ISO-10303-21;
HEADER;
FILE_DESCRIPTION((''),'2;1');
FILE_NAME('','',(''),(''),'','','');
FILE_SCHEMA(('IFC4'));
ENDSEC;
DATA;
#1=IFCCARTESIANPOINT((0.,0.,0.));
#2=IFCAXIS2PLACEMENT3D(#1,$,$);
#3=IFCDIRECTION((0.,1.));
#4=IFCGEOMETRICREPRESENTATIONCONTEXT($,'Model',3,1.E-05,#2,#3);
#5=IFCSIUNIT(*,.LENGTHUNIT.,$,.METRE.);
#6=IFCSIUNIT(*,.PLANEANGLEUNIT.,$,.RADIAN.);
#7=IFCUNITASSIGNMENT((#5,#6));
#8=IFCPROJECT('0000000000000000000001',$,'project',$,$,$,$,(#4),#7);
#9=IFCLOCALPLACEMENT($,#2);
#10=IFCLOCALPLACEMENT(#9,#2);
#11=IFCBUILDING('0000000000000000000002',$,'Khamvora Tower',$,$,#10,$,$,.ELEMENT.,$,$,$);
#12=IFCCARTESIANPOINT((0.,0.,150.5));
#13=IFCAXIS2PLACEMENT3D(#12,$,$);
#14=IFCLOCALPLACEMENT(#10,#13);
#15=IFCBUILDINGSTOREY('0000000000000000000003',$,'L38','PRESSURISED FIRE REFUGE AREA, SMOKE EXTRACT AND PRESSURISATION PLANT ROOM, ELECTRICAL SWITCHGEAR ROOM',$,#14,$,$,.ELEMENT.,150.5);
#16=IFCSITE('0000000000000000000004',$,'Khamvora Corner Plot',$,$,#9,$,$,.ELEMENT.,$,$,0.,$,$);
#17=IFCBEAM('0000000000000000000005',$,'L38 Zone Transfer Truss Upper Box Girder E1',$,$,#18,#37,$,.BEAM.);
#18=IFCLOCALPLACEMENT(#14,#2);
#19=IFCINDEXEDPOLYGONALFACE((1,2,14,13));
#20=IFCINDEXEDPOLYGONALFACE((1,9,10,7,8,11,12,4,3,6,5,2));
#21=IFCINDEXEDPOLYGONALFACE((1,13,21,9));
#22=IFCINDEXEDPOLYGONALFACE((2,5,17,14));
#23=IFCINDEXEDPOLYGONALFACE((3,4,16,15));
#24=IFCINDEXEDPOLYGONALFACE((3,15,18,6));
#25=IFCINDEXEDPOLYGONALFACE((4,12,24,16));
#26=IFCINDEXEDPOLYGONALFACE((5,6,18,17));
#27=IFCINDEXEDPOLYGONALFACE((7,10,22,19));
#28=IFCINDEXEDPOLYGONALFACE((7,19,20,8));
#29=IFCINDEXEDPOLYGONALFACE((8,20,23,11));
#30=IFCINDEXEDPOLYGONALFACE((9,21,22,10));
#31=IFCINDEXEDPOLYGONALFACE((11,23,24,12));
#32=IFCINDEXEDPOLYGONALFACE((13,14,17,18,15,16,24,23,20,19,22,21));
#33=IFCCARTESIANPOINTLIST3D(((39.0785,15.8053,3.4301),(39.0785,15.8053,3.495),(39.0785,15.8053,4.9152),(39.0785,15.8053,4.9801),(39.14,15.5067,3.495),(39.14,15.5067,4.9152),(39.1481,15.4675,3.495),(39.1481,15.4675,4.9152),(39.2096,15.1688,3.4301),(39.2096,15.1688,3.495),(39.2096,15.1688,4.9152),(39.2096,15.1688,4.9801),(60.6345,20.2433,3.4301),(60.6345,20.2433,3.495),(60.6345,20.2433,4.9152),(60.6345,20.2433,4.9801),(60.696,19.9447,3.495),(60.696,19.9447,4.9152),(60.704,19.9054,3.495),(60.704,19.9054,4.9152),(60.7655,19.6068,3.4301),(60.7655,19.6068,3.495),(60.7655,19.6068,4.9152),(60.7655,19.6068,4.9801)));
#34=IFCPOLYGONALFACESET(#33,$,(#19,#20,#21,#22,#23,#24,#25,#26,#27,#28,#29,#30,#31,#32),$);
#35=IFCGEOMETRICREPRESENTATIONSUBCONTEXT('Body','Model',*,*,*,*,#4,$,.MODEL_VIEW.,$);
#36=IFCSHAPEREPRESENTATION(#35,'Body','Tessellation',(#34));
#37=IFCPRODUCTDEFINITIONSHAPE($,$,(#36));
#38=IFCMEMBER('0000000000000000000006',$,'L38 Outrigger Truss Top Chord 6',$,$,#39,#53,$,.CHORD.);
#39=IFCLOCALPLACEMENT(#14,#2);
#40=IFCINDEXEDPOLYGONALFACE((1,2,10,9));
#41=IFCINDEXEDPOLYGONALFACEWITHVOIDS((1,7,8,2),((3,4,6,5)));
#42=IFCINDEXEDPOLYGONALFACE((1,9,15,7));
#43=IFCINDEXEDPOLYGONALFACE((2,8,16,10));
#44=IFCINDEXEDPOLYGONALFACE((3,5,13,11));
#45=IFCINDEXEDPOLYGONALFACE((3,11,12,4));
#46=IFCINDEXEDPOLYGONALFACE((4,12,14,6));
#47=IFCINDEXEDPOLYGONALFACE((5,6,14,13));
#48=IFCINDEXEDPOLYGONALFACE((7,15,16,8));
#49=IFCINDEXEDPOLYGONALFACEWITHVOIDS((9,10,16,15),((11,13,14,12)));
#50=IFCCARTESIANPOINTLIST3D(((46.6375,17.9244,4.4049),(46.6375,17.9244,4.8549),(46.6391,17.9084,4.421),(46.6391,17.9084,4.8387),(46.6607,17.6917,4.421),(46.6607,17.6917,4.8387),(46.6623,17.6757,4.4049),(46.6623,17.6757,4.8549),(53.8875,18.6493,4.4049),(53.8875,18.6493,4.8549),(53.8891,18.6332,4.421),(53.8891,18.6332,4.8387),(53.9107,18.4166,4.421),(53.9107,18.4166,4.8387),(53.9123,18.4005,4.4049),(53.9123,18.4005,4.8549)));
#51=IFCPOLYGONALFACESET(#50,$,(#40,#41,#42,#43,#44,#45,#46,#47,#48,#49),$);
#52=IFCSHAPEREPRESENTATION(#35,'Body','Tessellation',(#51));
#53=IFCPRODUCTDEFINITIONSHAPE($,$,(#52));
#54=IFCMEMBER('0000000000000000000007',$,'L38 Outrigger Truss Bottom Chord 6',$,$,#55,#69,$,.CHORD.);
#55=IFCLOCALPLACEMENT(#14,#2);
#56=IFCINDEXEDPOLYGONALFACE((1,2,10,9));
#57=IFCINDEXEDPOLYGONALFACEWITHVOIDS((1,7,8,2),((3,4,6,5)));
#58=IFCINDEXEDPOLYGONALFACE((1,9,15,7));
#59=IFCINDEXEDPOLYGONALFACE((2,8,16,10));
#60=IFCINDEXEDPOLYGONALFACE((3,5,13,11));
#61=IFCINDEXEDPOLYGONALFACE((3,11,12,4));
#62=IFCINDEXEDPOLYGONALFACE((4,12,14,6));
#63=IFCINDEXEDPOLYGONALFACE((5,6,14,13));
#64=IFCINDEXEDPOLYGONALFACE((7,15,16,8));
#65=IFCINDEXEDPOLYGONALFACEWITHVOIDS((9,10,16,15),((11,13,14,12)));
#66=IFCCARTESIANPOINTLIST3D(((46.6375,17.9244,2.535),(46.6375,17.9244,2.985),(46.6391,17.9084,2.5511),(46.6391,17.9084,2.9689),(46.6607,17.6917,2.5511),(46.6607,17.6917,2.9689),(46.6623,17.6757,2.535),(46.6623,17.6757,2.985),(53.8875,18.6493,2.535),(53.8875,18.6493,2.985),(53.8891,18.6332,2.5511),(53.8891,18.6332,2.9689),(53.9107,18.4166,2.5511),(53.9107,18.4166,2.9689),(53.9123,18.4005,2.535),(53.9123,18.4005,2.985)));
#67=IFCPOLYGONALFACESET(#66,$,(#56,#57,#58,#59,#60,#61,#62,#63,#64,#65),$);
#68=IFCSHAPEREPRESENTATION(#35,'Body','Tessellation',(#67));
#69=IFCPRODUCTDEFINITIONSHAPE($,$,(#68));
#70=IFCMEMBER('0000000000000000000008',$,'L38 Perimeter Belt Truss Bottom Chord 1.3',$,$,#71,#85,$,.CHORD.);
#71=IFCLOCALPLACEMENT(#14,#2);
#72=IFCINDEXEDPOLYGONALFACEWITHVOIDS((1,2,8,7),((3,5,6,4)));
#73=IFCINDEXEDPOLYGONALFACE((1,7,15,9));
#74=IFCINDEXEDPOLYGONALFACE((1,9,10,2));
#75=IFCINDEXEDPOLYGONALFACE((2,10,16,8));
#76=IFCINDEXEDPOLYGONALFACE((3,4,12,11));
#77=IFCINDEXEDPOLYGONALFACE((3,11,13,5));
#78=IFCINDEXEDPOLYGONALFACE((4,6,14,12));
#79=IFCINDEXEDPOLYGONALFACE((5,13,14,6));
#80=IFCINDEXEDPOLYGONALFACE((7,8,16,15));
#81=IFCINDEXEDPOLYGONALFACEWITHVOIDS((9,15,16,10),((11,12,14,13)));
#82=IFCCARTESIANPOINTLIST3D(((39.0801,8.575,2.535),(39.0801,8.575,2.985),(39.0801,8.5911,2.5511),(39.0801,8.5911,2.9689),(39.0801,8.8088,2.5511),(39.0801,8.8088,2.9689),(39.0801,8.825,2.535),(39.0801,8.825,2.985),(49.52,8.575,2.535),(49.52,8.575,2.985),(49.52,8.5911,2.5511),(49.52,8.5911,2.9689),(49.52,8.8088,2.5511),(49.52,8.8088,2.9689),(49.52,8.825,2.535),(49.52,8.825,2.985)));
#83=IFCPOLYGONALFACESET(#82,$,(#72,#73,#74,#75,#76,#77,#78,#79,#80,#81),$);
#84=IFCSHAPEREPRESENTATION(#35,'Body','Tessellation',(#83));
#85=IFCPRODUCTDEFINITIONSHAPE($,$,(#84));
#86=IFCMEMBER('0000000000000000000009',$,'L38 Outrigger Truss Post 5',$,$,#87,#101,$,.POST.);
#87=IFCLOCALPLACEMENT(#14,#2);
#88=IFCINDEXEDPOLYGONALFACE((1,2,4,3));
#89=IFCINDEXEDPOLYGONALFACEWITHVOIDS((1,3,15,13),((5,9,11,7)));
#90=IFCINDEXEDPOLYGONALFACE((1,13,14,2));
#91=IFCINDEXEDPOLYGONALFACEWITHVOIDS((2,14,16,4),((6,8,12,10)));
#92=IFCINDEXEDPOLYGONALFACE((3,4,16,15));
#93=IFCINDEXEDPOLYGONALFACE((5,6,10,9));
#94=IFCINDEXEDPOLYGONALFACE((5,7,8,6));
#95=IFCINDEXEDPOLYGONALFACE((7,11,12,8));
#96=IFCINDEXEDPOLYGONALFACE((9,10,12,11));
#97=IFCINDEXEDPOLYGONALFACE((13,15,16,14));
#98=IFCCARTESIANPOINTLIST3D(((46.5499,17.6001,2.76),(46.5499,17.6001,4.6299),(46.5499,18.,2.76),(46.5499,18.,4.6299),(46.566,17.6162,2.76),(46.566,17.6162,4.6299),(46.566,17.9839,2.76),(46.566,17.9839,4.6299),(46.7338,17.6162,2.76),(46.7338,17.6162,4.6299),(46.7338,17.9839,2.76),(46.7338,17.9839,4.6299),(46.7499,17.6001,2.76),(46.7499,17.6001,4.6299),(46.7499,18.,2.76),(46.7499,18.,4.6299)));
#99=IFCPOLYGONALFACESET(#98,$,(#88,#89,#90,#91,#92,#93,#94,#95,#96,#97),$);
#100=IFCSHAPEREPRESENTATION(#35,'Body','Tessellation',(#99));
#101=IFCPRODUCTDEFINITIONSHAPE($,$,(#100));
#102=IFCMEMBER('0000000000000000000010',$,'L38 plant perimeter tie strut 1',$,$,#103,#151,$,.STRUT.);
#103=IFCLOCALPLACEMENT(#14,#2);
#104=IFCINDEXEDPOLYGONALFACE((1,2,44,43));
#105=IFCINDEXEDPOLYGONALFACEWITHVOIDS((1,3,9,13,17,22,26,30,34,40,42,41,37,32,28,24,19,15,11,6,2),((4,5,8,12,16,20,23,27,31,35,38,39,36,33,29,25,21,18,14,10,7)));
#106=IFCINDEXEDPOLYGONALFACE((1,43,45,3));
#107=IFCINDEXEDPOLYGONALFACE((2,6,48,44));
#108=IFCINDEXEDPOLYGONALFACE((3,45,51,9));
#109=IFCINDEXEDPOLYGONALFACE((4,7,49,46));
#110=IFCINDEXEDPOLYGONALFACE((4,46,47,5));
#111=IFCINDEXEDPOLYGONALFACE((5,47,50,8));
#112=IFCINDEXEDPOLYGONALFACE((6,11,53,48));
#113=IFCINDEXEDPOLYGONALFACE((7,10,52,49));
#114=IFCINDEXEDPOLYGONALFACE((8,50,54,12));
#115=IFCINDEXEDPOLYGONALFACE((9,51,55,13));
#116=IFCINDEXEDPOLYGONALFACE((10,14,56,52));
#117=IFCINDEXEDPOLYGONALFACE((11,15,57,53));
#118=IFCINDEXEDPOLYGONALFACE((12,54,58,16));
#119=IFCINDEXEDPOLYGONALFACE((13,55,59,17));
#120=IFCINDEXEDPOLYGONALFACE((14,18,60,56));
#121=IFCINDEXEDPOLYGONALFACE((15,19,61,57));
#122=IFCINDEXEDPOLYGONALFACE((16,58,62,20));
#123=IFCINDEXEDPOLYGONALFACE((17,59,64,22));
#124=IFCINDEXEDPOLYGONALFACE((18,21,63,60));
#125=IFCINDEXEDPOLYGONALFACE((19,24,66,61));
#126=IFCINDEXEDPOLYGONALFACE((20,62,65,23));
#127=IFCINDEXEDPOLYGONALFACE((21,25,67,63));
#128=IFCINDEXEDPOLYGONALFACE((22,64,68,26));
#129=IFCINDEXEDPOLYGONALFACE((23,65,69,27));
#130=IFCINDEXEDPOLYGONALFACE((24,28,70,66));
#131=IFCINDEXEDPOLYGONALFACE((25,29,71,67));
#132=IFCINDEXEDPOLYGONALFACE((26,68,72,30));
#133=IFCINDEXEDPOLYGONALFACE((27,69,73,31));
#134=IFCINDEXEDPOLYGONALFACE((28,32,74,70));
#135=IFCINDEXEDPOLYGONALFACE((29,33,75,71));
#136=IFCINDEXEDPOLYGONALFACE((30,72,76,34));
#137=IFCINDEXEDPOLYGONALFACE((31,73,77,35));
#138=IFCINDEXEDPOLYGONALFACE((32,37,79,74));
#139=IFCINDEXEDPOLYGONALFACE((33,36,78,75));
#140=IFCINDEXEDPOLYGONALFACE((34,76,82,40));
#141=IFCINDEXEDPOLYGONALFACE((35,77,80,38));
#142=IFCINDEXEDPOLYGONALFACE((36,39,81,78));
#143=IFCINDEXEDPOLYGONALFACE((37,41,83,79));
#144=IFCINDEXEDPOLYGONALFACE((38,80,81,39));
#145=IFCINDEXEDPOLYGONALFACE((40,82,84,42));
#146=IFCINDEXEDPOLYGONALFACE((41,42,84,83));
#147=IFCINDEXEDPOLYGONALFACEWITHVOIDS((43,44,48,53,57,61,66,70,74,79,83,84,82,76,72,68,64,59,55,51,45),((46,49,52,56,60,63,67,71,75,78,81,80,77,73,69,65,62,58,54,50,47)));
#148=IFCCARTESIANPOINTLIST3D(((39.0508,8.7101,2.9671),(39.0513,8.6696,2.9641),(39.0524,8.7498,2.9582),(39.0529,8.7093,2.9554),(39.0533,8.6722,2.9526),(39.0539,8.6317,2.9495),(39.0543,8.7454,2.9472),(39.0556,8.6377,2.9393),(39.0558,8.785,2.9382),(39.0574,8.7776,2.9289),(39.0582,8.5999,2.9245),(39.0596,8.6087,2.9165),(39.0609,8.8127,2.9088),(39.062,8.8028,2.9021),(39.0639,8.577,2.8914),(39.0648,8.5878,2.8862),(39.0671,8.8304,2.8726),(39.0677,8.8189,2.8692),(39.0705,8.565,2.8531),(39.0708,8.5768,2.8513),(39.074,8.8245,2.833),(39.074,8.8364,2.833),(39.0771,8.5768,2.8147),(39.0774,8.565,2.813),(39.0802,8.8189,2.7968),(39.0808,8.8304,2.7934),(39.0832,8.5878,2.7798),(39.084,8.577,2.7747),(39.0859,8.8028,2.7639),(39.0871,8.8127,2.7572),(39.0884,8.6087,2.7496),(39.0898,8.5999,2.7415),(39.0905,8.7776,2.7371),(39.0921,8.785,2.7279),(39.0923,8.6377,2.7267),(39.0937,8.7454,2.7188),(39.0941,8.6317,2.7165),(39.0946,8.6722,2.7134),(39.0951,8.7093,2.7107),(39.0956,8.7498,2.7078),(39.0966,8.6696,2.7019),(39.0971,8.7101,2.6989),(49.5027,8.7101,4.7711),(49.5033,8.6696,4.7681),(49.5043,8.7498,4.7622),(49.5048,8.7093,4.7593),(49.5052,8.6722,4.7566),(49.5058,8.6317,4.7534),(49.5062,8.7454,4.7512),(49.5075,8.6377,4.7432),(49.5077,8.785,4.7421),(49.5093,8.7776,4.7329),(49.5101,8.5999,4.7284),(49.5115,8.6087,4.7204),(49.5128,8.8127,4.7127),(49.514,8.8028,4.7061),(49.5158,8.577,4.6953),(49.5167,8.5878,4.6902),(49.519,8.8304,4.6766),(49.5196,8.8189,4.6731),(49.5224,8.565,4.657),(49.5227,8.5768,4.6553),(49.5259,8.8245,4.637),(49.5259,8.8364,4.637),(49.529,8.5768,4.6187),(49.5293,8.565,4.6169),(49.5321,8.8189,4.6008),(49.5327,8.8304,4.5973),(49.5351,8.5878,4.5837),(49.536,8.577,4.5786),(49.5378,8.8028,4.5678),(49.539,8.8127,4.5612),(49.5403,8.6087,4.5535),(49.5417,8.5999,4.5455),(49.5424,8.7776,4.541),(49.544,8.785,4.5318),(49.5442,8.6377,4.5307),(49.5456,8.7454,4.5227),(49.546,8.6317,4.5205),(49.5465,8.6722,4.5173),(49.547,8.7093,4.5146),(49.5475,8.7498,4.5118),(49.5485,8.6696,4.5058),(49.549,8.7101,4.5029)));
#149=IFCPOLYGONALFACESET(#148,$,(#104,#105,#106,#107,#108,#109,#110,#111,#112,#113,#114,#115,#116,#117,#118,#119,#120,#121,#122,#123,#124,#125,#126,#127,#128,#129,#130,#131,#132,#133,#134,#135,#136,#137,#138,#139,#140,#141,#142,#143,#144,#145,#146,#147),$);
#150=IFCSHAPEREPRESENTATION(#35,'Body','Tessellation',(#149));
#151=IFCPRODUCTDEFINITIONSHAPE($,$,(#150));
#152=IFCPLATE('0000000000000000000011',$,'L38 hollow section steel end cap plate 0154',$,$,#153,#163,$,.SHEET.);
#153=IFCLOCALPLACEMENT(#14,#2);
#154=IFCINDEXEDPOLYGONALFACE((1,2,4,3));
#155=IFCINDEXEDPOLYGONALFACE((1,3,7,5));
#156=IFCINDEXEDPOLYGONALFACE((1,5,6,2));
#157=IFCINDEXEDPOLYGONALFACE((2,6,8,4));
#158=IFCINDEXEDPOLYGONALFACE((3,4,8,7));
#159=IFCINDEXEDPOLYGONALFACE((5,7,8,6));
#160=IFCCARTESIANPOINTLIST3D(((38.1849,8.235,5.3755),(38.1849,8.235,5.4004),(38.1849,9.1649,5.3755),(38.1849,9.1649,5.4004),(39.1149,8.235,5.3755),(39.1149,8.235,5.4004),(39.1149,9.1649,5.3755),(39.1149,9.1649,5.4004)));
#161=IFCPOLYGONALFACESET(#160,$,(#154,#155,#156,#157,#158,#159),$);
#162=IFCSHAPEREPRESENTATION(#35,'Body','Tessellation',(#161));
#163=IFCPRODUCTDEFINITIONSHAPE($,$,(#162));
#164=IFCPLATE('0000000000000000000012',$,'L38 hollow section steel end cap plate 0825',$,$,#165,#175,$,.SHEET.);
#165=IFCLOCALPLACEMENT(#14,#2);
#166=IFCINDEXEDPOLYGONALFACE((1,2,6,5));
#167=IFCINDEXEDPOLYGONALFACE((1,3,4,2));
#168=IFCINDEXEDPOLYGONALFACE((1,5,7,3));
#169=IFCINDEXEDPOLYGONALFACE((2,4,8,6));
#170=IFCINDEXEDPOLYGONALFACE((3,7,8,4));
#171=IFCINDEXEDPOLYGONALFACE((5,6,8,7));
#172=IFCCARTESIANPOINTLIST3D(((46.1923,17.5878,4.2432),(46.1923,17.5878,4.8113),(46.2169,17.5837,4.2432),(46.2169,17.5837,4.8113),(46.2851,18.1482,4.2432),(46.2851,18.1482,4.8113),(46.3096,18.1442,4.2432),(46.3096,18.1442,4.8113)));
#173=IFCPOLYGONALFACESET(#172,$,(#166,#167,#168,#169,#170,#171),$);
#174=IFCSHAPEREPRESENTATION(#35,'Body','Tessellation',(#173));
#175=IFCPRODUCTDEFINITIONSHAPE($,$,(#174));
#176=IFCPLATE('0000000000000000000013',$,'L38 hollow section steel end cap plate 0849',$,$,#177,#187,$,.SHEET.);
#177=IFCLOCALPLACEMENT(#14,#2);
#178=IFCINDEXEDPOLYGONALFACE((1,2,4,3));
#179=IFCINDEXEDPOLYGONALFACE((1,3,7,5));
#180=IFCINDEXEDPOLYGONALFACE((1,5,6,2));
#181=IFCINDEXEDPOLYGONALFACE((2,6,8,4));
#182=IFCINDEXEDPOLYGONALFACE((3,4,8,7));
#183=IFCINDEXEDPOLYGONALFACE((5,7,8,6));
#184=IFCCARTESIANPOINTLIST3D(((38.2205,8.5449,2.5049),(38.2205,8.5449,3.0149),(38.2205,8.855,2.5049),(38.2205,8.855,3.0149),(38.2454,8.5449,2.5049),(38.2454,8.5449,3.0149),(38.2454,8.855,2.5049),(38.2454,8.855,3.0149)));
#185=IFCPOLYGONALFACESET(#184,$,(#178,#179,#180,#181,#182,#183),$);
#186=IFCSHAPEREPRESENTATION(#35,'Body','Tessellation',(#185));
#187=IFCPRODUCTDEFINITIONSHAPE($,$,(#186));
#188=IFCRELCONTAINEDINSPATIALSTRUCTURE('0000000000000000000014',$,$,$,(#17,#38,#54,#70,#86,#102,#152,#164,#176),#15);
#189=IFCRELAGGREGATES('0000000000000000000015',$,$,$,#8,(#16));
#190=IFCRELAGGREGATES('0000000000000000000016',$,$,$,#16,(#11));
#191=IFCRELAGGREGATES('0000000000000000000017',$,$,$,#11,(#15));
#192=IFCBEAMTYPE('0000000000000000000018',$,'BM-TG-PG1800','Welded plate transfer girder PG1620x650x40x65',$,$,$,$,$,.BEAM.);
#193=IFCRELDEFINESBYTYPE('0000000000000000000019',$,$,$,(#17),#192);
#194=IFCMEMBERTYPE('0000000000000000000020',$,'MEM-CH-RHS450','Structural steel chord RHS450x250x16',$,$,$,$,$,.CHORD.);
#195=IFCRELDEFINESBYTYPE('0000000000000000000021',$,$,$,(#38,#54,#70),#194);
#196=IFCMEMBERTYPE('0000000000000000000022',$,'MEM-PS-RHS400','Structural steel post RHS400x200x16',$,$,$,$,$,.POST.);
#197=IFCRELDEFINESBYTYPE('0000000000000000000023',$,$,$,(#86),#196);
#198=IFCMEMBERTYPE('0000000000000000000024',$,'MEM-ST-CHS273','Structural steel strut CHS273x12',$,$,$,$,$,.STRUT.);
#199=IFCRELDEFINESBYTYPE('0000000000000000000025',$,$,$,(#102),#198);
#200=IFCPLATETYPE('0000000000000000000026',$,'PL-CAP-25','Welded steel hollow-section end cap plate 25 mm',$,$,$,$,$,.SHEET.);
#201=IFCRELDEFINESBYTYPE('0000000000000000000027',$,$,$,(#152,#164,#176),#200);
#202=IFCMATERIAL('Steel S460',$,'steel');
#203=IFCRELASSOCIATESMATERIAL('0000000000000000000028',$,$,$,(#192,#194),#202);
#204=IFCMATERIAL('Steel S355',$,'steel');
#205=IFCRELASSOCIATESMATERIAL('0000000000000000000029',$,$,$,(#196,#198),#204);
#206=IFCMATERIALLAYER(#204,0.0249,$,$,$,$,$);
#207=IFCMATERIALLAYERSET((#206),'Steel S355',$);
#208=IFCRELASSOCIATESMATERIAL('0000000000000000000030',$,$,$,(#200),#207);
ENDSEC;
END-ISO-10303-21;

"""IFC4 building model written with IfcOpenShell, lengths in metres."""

from ifc_helpers import new_model, si_unit, direction, frame, origin, origin_2d, place, context, subcontext, project, spatial, rectangle, hollow_rectangle, hollow_circle, i_section, extrude, material, layer, layer_set, material_profile, profile_set, type_object, element, save


model = new_model("IFC4")

# Units and contexts
model_context = context("Model", 3, precision=1e-05, world=origin(), true_north=direction((0.0, 1.0)))
body_context = subcontext(model_context, "Body", "Model", "MODEL_VIEW")
ifc_project = project(units=[si_unit("LENGTHUNIT", "METRE"), si_unit("PLANEANGLEUNIT", "RADIAN")], contexts=[model_context])

# Site, building, storey
site_placement = place(None, origin())
site = spatial("IfcSite", under=ifc_project, at=site_placement, Name="Khamvora Corner Plot", CompositionType="ELEMENT", RefElevation=0.0)
building_placement = place(site_placement, origin())
building = spatial("IfcBuilding", under=site, at=building_placement, Name="Khamvora Tower", CompositionType="ELEMENT")
storey_placement = place(building_placement, frame((0.0, 0.0, 150.5)))
storey = spatial("IfcBuildingStorey", under=building, at=storey_placement, Name="L38", Description="PRESSURISED FIRE REFUGE AREA, SMOKE EXTRACT AND PRESSURISATION PLANT ROOM, ELECTRICAL SWITCHGEAR ROOM", CompositionType="ELEMENT", Elevation=150.5)

# Shared definitions
ifc_material_1 = material(Name="Steel S355", Category="steel")

# Beam
ifc_material_2 = material(Name="Steel S460", Category="steel")
ifc_material_profile_1 = material_profile(ifc_material_2, i_section(OverallWidth=0.6499, OverallDepth=1.55, WebThickness=0.04, FlangeThickness=0.0649, at=origin_2d()), Name="PG1550x650x40x65")
ifc_profile_set_1 = profile_set([ifc_material_profile_1], Name="Steel S460")
beam_type_1 = type_object("IfcBeamType", Name="BM-TG-PG1800", Description="Welded plate transfer girder PG1620x650x40x65", PredefinedType="BEAM", material=ifc_profile_set_1)
beam_1_placement = place(storey_placement, frame((39.144, 15.4871, 4.2051), z_axis=(0.979457, 0.201653, 0.0), x_axis=(-0.201653, 0.979457, 0.0)))
element("IfcBeam", 1, at=beam_1_placement, inside=storey, type_object=beam_type_1, Name="L38 Zone Transfer Truss Upper Box Girder E1", PredefinedType="BEAM", context=body_context, shape_type="SweptSolid", body=[
    extrude(i_section(OverallWidth=0.6499, OverallDepth=1.55, WebThickness=0.04, FlangeThickness=0.0649, at=origin_2d()), origin(), (0.0, 0.0, 1.0), 22.0081),
])

# Members
ifc_material_profile_2 = material_profile(ifc_material_2, hollow_rectangle(XDim=0.25, YDim=0.45, WallThickness=0.0161, at=origin_2d()), Name="RHS450x250x16")
ifc_profile_set_2 = profile_set([ifc_material_profile_2], Name="Steel S460")
member_type_1 = type_object("IfcMemberType", Name="MEM-CH-RHS450", Description="Structural steel chord RHS450x250x16", PredefinedType="CHORD", material=ifc_profile_set_2)
for number, where, z_axis, x_axis, name in (
    (2, (46.6499, 17.8, 4.6299), (0.995039, 0.099484, 0.0), (-0.099484, 0.995039, 0.0), "L38 Outrigger Truss Top Chord 6"),
    (3, (46.6499, 17.8, 2.76), (0.995039, 0.099484, 0.0), (-0.099484, 0.995039, 0.0), "L38 Outrigger Truss Bottom Chord 6"),
):
    element("IfcMember", number, at=place(storey_placement, frame(where, z_axis=z_axis, x_axis=x_axis)), inside=storey, type_object=member_type_1, Name=name, PredefinedType="CHORD", context=body_context, shape_type="SweptSolid", body=[
        extrude(hollow_rectangle(XDim=0.25, YDim=0.45, WallThickness=0.0161, at=origin_2d()), origin(), (0.0, 0.0, 1.0), 7.2861),
    ])
member_1_placement = place(storey_placement, frame((39.0801, 8.7, 2.76), z_axis=(1.0, 0.0, 0.0), x_axis=(0.0, 1.0, 0.0)))
element("IfcMember", 4, at=member_1_placement, inside=storey, type_object=member_type_1, Name="L38 Perimeter Belt Truss Bottom Chord 1.3", PredefinedType="CHORD", context=body_context, shape_type="SweptSolid", body=[
    extrude(hollow_rectangle(XDim=0.25, YDim=0.45, WallThickness=0.0161, at=origin_2d()), origin(), (0.0, 0.0, 1.0), 10.4399),
])
ifc_material_profile_3 = material_profile(ifc_material_1, hollow_rectangle(XDim=0.2, YDim=0.3999, WallThickness=0.0161, at=origin_2d()), Name="RHS400x200x16")
ifc_profile_set_3 = profile_set([ifc_material_profile_3], Name="Steel S355")
member_type_2 = type_object("IfcMemberType", Name="MEM-PS-RHS400", Description="Structural steel post RHS400x200x16", PredefinedType="POST", material=ifc_profile_set_3)
member_2_placement = place(storey_placement, frame((46.6499, 17.8, 2.76), z_axis=(0.0, 0.0, 1.0), x_axis=(1.0, 0.0, 0.0)))
element("IfcMember", 5, at=member_2_placement, inside=storey, type_object=member_type_2, Name="L38 Outrigger Truss Post 5", PredefinedType="POST", context=body_context, shape_type="SweptSolid", body=[
    extrude(hollow_rectangle(XDim=0.2, YDim=0.3999, WallThickness=0.0161, at=origin_2d()), origin(), (0.0, 0.0, 1.0), 1.8699),
])
ifc_material_profile_4 = material_profile(ifc_material_1, hollow_circle(Radius=0.1365, WallThickness=0.012, at=origin_2d()), Name="CHS273x12")
ifc_profile_set_4 = profile_set([ifc_material_profile_4], Name="Steel S355")
member_type_3 = type_object("IfcMemberType", Name="MEM-ST-CHS273", Description="Structural steel strut CHS273x12", PredefinedType="STRUT", material=ifc_profile_set_4)
member_3_placement = place(storey_placement, frame((39.074, 8.7, 2.833), z_axis=(0.98543, 0.0, 0.170081), x_axis=(0.0, 1.0, 0.0)))
element("IfcMember", 6, at=member_3_placement, inside=storey, type_object=member_type_3, Name="L38 plant perimeter tie strut 1", PredefinedType="STRUT", context=body_context, shape_type="SweptSolid", body=[
    extrude(hollow_circle(Radius=0.1365, WallThickness=0.012, at=origin_2d()), origin(), (0.0, 0.0, 1.0), 10.6064),
])

# Plates
ifc_layer_1 = layer(ifc_material_1, 0.0249)
ifc_layer_set_1 = layer_set([ifc_layer_1], Name="Steel S355")
plate_type_1 = type_object("IfcPlateType", Name="PL-CAP-25", Description="Welded steel hollow-section end cap plate 25 mm", PredefinedType="SHEET", material=ifc_layer_set_1)
plate_1_placement = place(storey_placement, frame((38.6499, 8.7, 5.3755), z_axis=(0.0, 0.0, 1.0), x_axis=(1.0, 0.0, 0.0)))
element("IfcPlate", 7, at=plate_1_placement, inside=storey, type_object=plate_type_1, Name="L38 hollow section steel end cap plate 0154", PredefinedType="SHEET", context=body_context, shape_type="SweptSolid", body=[
    extrude(rectangle(XDim=0.9299, YDim=0.9299, at=origin_2d()), origin(), (0.0, 0.0, 1.0), 0.0249),
])
plate_2_placement = place(storey_placement, frame((46.251, 17.866, 4.2432), z_axis=(0.0, 0.0, 1.0), x_axis=(0.986581, -0.163274, 0.0)))
element("IfcPlate", 8, at=plate_2_placement, inside=storey, type_object=plate_type_1, Name="L38 hollow section steel end cap plate 0825", PredefinedType="SHEET", context=body_context, shape_type="SweptSolid", body=[
    extrude(rectangle(XDim=0.0249, YDim=0.5681, at=origin_2d()), origin(), (0.0, 0.0, 1.0), 0.5681),
])
plate_3_placement = place(storey_placement, frame((38.2329, 8.7, 2.5049), z_axis=(0.0, 0.0, 1.0), x_axis=(1.0, 0.0, 0.0)))
element("IfcPlate", 9, at=plate_3_placement, inside=storey, type_object=plate_type_1, Name="L38 hollow section steel end cap plate 0849", PredefinedType="SHEET", context=body_context, shape_type="SweptSolid", body=[
    extrude(rectangle(XDim=0.0249, YDim=0.3101, at=origin_2d()), origin(), (0.0, 0.0, 1.0), 0.51),
])

save(model, "model.ifc")
